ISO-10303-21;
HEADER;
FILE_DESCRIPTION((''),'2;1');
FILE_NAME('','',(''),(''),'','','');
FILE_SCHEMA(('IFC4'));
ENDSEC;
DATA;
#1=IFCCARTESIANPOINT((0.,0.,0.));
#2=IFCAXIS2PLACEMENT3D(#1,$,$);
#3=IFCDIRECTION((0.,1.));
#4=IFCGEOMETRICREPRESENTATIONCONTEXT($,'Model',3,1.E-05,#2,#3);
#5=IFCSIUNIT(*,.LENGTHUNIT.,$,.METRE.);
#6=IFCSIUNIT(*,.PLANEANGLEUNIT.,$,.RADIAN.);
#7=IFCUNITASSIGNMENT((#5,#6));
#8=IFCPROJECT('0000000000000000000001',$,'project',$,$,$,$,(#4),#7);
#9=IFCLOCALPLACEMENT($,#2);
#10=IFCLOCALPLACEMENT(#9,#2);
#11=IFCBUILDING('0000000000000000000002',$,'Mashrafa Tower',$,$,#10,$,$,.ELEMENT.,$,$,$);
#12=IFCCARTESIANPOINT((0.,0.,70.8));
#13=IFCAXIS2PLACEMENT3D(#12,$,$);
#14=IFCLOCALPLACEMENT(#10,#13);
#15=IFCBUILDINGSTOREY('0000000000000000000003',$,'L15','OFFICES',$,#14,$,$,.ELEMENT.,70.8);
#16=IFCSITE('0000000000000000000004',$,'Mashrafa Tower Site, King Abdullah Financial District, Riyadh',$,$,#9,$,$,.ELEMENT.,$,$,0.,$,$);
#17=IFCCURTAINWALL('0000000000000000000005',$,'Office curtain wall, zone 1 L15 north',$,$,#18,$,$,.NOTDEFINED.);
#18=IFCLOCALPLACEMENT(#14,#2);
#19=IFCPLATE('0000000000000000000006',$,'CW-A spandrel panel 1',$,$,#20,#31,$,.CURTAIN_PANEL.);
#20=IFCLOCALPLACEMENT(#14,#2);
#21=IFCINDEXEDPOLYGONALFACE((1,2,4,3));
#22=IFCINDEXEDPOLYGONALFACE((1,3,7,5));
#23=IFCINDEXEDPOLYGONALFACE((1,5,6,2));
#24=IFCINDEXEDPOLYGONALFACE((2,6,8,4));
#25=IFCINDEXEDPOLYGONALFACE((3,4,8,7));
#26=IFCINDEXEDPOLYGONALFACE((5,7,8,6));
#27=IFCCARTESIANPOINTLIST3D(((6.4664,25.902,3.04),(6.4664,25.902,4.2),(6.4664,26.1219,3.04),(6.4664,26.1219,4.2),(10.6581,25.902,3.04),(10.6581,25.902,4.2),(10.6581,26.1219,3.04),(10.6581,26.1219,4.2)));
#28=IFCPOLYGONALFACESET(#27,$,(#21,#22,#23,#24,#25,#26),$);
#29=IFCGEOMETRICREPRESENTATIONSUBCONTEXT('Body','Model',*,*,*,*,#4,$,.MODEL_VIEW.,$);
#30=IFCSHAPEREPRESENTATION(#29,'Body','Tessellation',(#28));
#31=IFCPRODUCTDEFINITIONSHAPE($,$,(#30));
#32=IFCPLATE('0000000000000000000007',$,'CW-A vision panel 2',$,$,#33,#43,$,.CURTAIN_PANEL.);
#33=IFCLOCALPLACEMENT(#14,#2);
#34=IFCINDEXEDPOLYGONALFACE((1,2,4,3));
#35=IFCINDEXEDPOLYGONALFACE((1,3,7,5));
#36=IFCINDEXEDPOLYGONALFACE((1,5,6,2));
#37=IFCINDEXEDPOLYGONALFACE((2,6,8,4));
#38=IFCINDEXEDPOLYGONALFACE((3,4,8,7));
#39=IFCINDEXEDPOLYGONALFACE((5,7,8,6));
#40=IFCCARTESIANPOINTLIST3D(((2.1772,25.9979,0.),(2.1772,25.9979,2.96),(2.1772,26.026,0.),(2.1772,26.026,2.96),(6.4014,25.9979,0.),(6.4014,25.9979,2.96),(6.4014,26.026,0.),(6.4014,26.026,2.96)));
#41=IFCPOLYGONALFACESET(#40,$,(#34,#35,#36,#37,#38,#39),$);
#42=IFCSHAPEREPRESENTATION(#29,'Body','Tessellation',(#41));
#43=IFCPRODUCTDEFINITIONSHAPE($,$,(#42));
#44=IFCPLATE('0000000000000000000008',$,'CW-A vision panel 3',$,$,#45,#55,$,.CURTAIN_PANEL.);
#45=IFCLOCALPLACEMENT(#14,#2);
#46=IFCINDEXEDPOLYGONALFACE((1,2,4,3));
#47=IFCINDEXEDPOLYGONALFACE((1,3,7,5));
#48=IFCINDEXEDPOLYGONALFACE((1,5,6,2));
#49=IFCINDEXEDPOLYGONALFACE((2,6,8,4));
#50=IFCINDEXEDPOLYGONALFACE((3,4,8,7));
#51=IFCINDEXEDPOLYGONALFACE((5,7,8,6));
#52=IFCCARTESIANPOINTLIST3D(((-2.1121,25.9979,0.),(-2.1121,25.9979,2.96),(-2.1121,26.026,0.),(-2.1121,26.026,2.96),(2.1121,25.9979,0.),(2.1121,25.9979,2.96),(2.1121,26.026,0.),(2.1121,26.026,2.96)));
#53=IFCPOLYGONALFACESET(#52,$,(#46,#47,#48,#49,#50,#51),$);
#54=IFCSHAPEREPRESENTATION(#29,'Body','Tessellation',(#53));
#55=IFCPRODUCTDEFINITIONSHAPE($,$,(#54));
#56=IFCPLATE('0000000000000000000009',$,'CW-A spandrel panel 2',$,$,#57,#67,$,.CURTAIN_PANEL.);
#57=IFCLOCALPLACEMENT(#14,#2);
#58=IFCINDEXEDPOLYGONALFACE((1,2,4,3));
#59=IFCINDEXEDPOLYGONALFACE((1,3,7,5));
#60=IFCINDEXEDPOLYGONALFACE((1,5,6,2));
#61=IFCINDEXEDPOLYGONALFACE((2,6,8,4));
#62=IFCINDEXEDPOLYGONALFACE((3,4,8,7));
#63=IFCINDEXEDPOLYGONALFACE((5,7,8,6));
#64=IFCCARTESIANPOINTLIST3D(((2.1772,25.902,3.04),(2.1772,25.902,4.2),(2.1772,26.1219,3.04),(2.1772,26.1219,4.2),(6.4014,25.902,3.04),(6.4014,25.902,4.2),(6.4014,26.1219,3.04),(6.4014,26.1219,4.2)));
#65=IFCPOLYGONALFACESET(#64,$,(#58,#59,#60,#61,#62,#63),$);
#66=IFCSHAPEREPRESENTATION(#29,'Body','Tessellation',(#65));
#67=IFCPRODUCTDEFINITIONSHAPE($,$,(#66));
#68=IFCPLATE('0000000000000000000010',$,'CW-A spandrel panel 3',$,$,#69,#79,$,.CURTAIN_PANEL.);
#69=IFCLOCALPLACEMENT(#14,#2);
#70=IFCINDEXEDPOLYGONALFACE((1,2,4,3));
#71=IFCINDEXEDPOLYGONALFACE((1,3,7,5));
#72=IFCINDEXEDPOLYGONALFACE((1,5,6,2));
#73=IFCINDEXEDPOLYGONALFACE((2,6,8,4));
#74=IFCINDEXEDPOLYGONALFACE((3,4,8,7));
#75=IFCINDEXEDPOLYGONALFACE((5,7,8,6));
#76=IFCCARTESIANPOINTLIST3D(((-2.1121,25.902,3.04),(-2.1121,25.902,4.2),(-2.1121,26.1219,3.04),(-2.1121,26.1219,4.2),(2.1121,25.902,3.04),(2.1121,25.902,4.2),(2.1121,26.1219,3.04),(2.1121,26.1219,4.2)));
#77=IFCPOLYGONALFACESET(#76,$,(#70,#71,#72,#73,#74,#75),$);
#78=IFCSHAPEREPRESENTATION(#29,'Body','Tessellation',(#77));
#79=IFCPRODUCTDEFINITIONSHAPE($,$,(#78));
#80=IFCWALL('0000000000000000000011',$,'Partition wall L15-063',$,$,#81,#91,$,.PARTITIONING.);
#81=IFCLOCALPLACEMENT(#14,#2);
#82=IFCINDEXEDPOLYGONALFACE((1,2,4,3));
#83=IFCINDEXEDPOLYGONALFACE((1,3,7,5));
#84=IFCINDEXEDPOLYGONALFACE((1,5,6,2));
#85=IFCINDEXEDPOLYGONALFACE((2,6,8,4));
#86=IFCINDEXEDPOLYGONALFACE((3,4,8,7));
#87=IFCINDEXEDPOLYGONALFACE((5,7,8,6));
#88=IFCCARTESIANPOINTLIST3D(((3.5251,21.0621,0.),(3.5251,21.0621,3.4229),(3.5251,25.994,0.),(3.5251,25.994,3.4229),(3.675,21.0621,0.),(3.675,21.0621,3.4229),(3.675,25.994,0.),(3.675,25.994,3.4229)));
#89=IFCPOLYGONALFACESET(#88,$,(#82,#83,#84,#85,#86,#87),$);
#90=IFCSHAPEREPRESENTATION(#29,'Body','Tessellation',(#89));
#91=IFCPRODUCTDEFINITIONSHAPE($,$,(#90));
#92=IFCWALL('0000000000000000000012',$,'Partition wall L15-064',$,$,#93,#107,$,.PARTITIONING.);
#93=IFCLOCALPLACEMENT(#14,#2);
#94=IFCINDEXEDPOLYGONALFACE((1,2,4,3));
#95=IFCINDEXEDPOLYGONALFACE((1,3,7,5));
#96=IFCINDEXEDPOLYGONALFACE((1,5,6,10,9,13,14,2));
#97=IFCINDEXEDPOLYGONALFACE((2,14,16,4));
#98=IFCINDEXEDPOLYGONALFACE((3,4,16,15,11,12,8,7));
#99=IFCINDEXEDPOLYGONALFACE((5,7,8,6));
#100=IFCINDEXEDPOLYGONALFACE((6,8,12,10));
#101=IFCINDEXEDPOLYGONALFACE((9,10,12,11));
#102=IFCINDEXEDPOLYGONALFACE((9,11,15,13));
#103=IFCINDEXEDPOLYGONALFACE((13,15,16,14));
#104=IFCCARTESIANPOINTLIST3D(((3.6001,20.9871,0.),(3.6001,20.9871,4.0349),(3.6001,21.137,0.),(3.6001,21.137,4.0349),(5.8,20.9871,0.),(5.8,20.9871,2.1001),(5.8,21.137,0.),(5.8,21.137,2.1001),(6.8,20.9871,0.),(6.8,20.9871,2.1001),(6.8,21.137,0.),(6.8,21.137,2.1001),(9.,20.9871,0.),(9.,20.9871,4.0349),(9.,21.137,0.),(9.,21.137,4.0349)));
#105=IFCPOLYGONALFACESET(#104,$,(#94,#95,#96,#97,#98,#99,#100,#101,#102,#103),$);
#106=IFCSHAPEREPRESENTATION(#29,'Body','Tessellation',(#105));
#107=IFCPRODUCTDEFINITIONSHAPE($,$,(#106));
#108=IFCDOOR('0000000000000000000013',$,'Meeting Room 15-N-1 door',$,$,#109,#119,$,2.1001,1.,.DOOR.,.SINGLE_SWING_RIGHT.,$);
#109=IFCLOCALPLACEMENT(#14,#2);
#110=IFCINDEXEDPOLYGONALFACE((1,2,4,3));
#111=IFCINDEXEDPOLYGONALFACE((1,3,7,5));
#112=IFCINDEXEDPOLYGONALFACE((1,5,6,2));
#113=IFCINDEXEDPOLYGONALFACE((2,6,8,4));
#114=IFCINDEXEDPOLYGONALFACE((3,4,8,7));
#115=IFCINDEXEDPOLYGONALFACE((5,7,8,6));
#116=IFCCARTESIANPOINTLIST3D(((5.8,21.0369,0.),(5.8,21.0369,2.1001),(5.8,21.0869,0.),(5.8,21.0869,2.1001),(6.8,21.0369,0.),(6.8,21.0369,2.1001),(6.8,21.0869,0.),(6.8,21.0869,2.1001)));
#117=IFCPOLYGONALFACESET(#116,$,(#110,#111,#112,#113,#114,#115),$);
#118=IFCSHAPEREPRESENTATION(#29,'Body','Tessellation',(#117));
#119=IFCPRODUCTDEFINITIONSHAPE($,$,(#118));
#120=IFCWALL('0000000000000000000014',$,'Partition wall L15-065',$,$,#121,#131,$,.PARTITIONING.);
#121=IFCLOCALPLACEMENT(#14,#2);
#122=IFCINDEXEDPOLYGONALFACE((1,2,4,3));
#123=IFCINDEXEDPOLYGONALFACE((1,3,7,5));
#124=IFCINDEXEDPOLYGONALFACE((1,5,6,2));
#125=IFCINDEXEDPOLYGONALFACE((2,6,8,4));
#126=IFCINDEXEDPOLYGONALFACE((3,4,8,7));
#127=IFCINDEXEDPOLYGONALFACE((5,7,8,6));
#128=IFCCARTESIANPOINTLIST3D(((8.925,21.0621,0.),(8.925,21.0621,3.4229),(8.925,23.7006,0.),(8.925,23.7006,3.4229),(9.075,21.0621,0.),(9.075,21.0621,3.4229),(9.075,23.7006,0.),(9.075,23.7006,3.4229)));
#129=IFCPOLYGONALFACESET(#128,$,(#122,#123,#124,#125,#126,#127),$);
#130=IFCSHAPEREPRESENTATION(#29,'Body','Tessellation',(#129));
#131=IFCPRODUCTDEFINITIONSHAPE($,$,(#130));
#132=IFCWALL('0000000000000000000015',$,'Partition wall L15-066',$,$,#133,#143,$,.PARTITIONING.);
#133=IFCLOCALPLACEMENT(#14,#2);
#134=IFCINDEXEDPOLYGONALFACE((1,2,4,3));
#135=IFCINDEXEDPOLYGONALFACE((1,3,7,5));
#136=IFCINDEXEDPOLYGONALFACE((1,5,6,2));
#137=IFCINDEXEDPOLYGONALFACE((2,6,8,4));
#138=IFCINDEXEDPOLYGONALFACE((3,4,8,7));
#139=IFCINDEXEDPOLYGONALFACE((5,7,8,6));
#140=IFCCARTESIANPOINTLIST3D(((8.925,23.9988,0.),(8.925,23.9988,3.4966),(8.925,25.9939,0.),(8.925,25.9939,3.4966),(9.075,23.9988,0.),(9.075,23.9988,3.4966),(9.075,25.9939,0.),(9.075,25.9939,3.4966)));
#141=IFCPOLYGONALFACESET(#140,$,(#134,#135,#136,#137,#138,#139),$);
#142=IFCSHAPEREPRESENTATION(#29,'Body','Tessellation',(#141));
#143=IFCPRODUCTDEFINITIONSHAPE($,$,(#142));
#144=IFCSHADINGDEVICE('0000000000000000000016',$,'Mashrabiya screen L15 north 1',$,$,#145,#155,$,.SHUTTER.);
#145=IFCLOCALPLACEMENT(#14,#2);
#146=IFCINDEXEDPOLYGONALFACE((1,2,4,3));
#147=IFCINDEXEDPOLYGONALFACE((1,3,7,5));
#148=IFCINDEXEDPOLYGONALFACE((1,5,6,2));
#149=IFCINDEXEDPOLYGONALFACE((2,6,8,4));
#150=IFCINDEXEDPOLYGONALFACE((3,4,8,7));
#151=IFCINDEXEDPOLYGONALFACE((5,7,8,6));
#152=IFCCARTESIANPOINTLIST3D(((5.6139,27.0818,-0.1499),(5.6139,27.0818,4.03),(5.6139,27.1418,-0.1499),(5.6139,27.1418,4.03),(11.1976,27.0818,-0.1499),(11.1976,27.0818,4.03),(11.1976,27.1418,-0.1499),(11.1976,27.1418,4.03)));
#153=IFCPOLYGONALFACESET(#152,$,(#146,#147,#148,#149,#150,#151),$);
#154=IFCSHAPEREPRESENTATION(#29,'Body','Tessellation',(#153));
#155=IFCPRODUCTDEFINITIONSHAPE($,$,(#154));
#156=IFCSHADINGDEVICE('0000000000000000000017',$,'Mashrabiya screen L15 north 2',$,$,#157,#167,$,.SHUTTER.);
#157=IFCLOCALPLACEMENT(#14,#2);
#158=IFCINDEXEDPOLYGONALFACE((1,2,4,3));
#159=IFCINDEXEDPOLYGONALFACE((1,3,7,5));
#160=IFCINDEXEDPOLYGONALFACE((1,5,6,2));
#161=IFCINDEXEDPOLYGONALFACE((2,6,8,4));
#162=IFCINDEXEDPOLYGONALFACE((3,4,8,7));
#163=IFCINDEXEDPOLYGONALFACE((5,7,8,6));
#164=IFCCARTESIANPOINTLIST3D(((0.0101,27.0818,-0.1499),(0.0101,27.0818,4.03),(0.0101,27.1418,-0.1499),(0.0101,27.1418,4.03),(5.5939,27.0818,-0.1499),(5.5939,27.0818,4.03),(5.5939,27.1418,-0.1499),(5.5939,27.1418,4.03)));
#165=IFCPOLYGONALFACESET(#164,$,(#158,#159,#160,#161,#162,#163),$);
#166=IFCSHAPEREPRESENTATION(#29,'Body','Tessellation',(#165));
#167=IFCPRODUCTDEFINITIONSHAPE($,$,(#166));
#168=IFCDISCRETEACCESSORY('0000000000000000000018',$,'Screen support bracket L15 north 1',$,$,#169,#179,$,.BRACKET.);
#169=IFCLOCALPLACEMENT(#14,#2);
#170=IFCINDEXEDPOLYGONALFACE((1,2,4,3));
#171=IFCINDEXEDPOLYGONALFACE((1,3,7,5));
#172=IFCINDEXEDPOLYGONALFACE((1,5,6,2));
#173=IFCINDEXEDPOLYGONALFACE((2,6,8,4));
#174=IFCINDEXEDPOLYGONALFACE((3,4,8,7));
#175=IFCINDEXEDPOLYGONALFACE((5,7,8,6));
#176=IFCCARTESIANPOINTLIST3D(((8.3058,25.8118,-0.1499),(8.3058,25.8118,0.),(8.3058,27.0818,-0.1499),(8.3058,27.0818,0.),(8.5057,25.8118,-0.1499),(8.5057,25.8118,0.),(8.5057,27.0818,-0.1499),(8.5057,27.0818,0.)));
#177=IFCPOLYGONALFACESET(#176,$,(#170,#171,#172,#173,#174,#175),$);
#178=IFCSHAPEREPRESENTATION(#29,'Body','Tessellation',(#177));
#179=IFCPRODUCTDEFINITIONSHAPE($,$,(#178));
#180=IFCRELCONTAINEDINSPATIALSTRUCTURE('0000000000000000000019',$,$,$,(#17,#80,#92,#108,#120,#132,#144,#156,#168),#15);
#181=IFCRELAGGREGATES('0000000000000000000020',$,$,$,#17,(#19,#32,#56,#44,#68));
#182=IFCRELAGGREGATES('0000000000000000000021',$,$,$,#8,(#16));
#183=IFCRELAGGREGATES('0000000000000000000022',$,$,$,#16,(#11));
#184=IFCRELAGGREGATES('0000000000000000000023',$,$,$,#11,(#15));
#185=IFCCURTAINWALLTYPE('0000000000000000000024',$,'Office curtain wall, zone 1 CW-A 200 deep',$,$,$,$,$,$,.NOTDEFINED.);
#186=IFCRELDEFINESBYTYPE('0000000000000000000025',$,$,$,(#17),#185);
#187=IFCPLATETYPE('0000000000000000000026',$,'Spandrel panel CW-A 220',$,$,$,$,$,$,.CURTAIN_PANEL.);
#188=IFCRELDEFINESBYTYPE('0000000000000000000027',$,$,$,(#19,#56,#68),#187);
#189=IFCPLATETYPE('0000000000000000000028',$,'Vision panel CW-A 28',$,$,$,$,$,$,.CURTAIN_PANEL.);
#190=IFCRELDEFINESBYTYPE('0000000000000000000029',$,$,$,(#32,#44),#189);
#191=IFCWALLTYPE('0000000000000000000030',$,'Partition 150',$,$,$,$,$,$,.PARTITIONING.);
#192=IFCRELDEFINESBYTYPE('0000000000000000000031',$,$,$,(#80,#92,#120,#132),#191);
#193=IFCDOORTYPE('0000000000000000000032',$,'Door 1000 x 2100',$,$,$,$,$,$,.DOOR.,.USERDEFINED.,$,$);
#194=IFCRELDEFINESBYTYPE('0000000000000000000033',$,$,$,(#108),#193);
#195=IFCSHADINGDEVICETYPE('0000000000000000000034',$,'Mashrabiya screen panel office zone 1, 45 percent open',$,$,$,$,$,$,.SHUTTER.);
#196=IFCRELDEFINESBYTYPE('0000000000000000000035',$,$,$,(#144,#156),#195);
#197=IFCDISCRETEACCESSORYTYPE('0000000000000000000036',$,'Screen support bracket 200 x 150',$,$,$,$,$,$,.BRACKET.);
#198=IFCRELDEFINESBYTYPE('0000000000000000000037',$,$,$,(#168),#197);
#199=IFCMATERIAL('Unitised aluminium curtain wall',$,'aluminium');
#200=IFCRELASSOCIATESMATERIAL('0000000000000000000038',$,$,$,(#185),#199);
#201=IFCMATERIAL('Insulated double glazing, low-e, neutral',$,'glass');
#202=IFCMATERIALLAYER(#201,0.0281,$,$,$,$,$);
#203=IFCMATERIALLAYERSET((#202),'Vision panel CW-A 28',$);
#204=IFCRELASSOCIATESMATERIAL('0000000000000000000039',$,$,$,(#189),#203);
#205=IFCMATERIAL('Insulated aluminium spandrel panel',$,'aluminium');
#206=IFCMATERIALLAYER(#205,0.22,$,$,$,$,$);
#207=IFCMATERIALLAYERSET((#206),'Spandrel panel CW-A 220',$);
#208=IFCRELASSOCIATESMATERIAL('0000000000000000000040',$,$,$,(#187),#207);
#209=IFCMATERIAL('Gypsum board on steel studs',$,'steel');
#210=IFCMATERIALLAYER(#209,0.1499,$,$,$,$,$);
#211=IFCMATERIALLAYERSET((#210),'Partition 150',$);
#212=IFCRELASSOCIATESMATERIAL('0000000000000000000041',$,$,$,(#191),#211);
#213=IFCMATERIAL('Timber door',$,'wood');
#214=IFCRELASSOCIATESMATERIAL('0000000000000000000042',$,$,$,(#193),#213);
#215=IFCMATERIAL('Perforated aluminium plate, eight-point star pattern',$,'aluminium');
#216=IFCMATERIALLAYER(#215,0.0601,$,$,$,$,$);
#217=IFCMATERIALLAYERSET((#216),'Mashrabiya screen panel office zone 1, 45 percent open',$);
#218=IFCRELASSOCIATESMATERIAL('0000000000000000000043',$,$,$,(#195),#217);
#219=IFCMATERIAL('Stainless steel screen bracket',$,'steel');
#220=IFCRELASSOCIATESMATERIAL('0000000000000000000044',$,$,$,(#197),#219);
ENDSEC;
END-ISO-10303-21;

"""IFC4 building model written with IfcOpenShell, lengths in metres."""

from ifc_helpers import new_model, si_unit, direction, frame, frame_2d, origin, origin_2d, place, context, subcontext, project, spatial, rectangle, extrude, source, transform, mapped, material, layer, layer_set, type_object, type_shapes, element, fill, aggregate, save


model = new_model("IFC4")

# Units and contexts
model_context = context("Model", 3, precision=1e-05, world=origin(), true_north=direction((0.0, 1.0)))
body_context = subcontext(model_context, "Body", "Model", "MODEL_VIEW")
ifc_project = project(units=[si_unit("LENGTHUNIT", "METRE"), si_unit("PLANEANGLEUNIT", "RADIAN")], contexts=[model_context])

# Site, building, storey
site_placement = place(None, origin())
site = spatial("IfcSite", under=ifc_project, at=site_placement, Name="Mashrafa Tower Site, King Abdullah Financial District, Riyadh", CompositionType="ELEMENT", RefElevation=0.0)
building_placement = place(site_placement, origin())
building = spatial("IfcBuilding", under=site, at=building_placement, Name="Mashrafa Tower", CompositionType="ELEMENT")
storey_placement = place(building_placement, frame((0.0, 0.0, 70.8)))
storey = spatial("IfcBuildingStorey", under=building, at=storey_placement, Name="L15", Description="OFFICES", CompositionType="ELEMENT", Elevation=70.8)

# Shared definitions
ifc_material_1 = material(Name="Unitised aluminium curtain wall", Category="aluminium")
curtain_wall_type = type_object("IfcCurtainWallType", Name="Office curtain wall, zone 1 CW-A 200 deep", PredefinedType="NOTDEFINED", material=ifc_material_1)

# Curtain wall
curtain_wall_1_placement = place(storey_placement, origin())
curtain_wall_1 = element("IfcCurtainWall", 1, at=curtain_wall_1_placement, inside=storey, type_object=curtain_wall_type, Name="Office curtain wall, zone 1 L15 north", PredefinedType="NOTDEFINED")

# Plates
ifc_material_2 = material(Name="Insulated double glazing, low-e, neutral", Category="glass")
ifc_layer_1 = layer(ifc_material_2, 0.0281)
ifc_layer_set_1 = layer_set([ifc_layer_1], Name="Vision panel CW-A 28")
plate_type_1 = type_object("IfcPlateType", Name="Vision panel CW-A 28", PredefinedType="CURTAIN_PANEL", material=ifc_layer_set_1)
ifc_material_3 = material(Name="Insulated aluminium spandrel panel", Category="aluminium")
ifc_layer_2 = layer(ifc_material_3, 0.22)
ifc_layer_set_2 = layer_set([ifc_layer_2], Name="Spandrel panel CW-A 220")
plate_type_2 = type_object("IfcPlateType", Name="Spandrel panel CW-A 220", PredefinedType="CURTAIN_PANEL", material=ifc_layer_set_2)
shared_shape_1 = source(origin(), body_context, "Body", "SweptSolid", [
    extrude(rectangle(XDim=4.1917, YDim=0.22, at=origin_2d()), origin(), (0.0, 0.0, 1.0), 1.1599),
])
plate_1_placement = place(storey_placement, frame((8.5623, 26.012, 3.04), z_axis=(0.0, 0.0, 1.0), x_axis=(-1.0, 0.0, 0.0)))
plate_1 = element("IfcPlate", 2, at=plate_1_placement, type_object=plate_type_2, Name="CW-A spandrel panel 1", PredefinedType="CURTAIN_PANEL", context=body_context, shape_type="MappedRepresentation", body=[
    mapped(shared_shape_1, transform((0.0, 0.0, 0.0))),
])
shared_shape_2 = source(origin(), body_context, "Body", "SweptSolid", [
    extrude(rectangle(XDim=4.2241, YDim=0.0281, at=origin_2d()), origin(), (0.0, 0.0, 1.0), 2.96),
])
plate_2_placement = place(storey_placement, frame((4.2893, 26.012, 0.0), z_axis=(0.0, 0.0, 1.0), x_axis=(-1.0, 0.0, 0.0)))
plate_2 = element("IfcPlate", 3, at=plate_2_placement, type_object=plate_type_1, Name="CW-A vision panel 2", PredefinedType="CURTAIN_PANEL", context=body_context, shape_type="MappedRepresentation", body=[
    mapped(shared_shape_2, transform((0.0, 0.0, 0.0))),
])
plate_3_placement = place(storey_placement, frame((0.0, 26.012, 0.0), z_axis=(0.0, 0.0, 1.0), x_axis=(-1.0, 0.0, 0.0)))
plate_3 = element("IfcPlate", 4, at=plate_3_placement, type_object=plate_type_1, Name="CW-A vision panel 3", PredefinedType="CURTAIN_PANEL", context=body_context, shape_type="MappedRepresentation", body=[
    mapped(shared_shape_2, transform((0.0, 0.0, 0.0))),
])
shared_shape_3 = source(origin(), body_context, "Body", "SweptSolid", [
    extrude(rectangle(XDim=4.2241, YDim=0.22, at=origin_2d()), origin(), (0.0, 0.0, 1.0), 1.1599),
])
type_shapes(plate_type_2, [shared_shape_1, shared_shape_3])
plate_4_placement = place(storey_placement, frame((4.2893, 26.012, 3.04), z_axis=(0.0, 0.0, 1.0), x_axis=(-1.0, 0.0, 0.0)))
plate_4 = element("IfcPlate", 5, at=plate_4_placement, type_object=plate_type_2, Name="CW-A spandrel panel 2", PredefinedType="CURTAIN_PANEL", context=body_context, shape_type="MappedRepresentation", body=[
    mapped(shared_shape_3, transform((0.0, 0.0, 0.0))),
])
plate_5_placement = place(storey_placement, frame((0.0, 26.012, 3.04), z_axis=(0.0, 0.0, 1.0), x_axis=(-1.0, 0.0, 0.0)))
plate_5 = element("IfcPlate", 6, at=plate_5_placement, type_object=plate_type_2, Name="CW-A spandrel panel 3", PredefinedType="CURTAIN_PANEL", context=body_context, shape_type="MappedRepresentation", body=[
    mapped(shared_shape_3, transform((0.0, 0.0, 0.0))),
])
aggregate(curtain_wall_1, [plate_1, plate_2, plate_4, plate_3, plate_5])

# Wall
ifc_material_4 = material(Name="Gypsum board on steel studs", Category="steel")
ifc_layer_3 = layer(ifc_material_4, 0.1499)
ifc_layer_set_3 = layer_set([ifc_layer_3], Name="Partition 150")
wall_type_1 = type_object("IfcWallType", Name="Partition 150", PredefinedType="PARTITIONING", material=ifc_layer_set_3)
wall_1_placement = place(storey_placement, frame((3.6001, 25.9939, 0.0), z_axis=(0.0, 0.0, 1.0), x_axis=(0.0, -1.0, 0.0)))
element("IfcWall", 7, at=wall_1_placement, inside=storey, type_object=wall_type_1, Name="Partition wall L15-063", PredefinedType="PARTITIONING", context=body_context, shape_type="SweptSolid", body=[
    extrude(rectangle(XDim=4.9319, YDim=0.1499, at=frame_2d((2.4658, 0.0))), origin(), (0.0, 0.0, 1.0), 3.4229),
])

# Wall, opening, door
wall_2_placement = place(storey_placement, frame((3.6001, 21.062, 0.0), z_axis=(0.0, 0.0, 1.0), x_axis=(1.0, 0.0, 0.0)))
wall_2 = element("IfcWall", 8, at=wall_2_placement, inside=storey, type_object=wall_type_1, Name="Partition wall L15-064", PredefinedType="PARTITIONING", context=body_context, shape_type="SweptSolid", body=[
    extrude(rectangle(XDim=5.3999, YDim=0.1499, at=frame_2d((2.7, 0.0))), origin(), (0.0, 0.0, 1.0), 4.0349),
])
opening_1_placement = place(wall_2_placement, frame((2.2, 0.0, 0.0)))
opening_1 = element("IfcOpeningElement", 9, at=opening_1_placement, cuts=wall_2, PredefinedType="OPENING", context=body_context, shape_type="SweptSolid", body=[
    extrude(rectangle(XDim=1.0, YDim=2.1001, at=frame_2d((0.5, 1.05))), frame((0.0, 0.085, 0.0), z_axis=(0.0, -1.0, 0.0), x_axis=(1.0, 0.0, 0.0)), (0.0, 0.0, 1.0), 0.1699),
])
ifc_material_5 = material(Name="Timber door", Category="wood")
door_type_1 = type_object("IfcDoorType", Name="Door 1000 x 2100", OperationType="USERDEFINED", PredefinedType="DOOR", material=ifc_material_5)
door_1_placement = place(opening_1_placement, origin())
door_1 = element("IfcDoor", 10, at=door_1_placement, inside=storey, type_object=door_type_1, Name="Meeting Room 15-N-1 door", OperationType="SINGLE_SWING_RIGHT", OverallHeight=2.1001, OverallWidth=1.0, PredefinedType="DOOR", context=body_context, shape_type="SweptSolid", body=[
    extrude(rectangle(XDim=1.0, YDim=2.1001, at=frame_2d((0.5, 1.05))), frame((0.0, 0.0249, 0.0), z_axis=(0.0, -1.0, 0.0), x_axis=(1.0, 0.0, 0.0)), (0.0, 0.0, 1.0), 0.05),
])
fill(opening_1, door_1)

# Walls
wall_3_placement = place(storey_placement, frame((9.0, 21.062, 0.0), z_axis=(0.0, 0.0, 1.0), x_axis=(0.0, 1.0, 0.0)))
element("IfcWall", 11, at=wall_3_placement, inside=storey, type_object=wall_type_1, Name="Partition wall L15-065", PredefinedType="PARTITIONING", context=body_context, shape_type="SweptSolid", body=[
    extrude(rectangle(XDim=2.6384, YDim=0.1499, at=frame_2d((1.3193, 0.0))), origin(), (0.0, 0.0, 1.0), 3.4229),
])
wall_4_placement = place(storey_placement, frame((9.0, 23.9988, 0.0), z_axis=(0.0, 0.0, 1.0), x_axis=(0.0, 1.0, 0.0)))
element("IfcWall", 12, at=wall_4_placement, inside=storey, type_object=wall_type_1, Name="Partition wall L15-066", PredefinedType="PARTITIONING", context=body_context, shape_type="SweptSolid", body=[
    extrude(rectangle(XDim=1.9951, YDim=0.1499, at=frame_2d((0.9976, 0.0))), origin(), (0.0, 0.0, 1.0), 3.4966),
])

# Shading devices
ifc_material_6 = material(Name="Perforated aluminium plate, eight-point star pattern", Category="aluminium")
ifc_layer_4 = layer(ifc_material_6, 0.0601)
ifc_layer_set_4 = layer_set([ifc_layer_4], Name="Mashrabiya screen panel office zone 1, 45 percent open")
shading_device_type = type_object("IfcShadingDeviceType", Name="Mashrabiya screen panel office zone 1, 45 percent open", PredefinedType="SHUTTER", material=ifc_layer_set_4)
shared_shape_4 = source(origin(), body_context, "Body", "SweptSolid", [
    extrude(rectangle(XDim=5.5837, YDim=0.0601, at=origin_2d()), origin(), (0.0, 0.0, 1.0), 4.1799),
])
type_shapes(shading_device_type, [shared_shape_4])
for number, where, z_axis, x_axis, name in (
    (13, (8.4058, 27.1118, -0.1499), (0.0, 0.0, 1.0), (-1.0, 0.0, 0.0), "Mashrabiya screen L15 north 1"),
    (14, (2.802, 27.1118, -0.1499), (0.0, 0.0, 1.0), (-1.0, 0.0, 0.0), "Mashrabiya screen L15 north 2"),
):
    element("IfcShadingDevice", number, at=place(storey_placement, frame(where, z_axis=z_axis, x_axis=x_axis)), inside=storey, type_object=shading_device_type, Name=name, PredefinedType="SHUTTER", context=body_context, shape_type="MappedRepresentation", body=[
        mapped(shared_shape_4, transform((0.0, 0.0, 0.0))),
    ])

# Discrete accessory
ifc_material_7 = material(Name="Stainless steel screen bracket", Category="steel")
discrete_accessory_type = type_object("IfcDiscreteAccessoryType", Name="Screen support bracket 200 x 150", PredefinedType="BRACKET", material=ifc_material_7)
shared_shape_5 = source(origin(), body_context, "Body", "SweptSolid", [
    extrude(rectangle(XDim=0.2, YDim=1.27, at=origin_2d()), origin(), (0.0, 0.0, 1.0), 0.1499),
])
type_shapes(discrete_accessory_type, [shared_shape_5])
for number, where, z_axis, x_axis, name in (
    (15, (8.4058, 26.4468, -0.1499), (0.0, 0.0, 1.0), (-1.0, 0.0, 0.0), "Screen support bracket L15 north 1"),
):
    element("IfcDiscreteAccessory", number, at=place(storey_placement, frame(where, z_axis=z_axis, x_axis=x_axis)), inside=storey, type_object=discrete_accessory_type, Name=name, PredefinedType="BRACKET", context=body_context, shape_type="MappedRepresentation", body=[
        mapped(shared_shape_5, transform((0.0, 0.0, 0.0))),
    ])

save(model, "model.ifc")
